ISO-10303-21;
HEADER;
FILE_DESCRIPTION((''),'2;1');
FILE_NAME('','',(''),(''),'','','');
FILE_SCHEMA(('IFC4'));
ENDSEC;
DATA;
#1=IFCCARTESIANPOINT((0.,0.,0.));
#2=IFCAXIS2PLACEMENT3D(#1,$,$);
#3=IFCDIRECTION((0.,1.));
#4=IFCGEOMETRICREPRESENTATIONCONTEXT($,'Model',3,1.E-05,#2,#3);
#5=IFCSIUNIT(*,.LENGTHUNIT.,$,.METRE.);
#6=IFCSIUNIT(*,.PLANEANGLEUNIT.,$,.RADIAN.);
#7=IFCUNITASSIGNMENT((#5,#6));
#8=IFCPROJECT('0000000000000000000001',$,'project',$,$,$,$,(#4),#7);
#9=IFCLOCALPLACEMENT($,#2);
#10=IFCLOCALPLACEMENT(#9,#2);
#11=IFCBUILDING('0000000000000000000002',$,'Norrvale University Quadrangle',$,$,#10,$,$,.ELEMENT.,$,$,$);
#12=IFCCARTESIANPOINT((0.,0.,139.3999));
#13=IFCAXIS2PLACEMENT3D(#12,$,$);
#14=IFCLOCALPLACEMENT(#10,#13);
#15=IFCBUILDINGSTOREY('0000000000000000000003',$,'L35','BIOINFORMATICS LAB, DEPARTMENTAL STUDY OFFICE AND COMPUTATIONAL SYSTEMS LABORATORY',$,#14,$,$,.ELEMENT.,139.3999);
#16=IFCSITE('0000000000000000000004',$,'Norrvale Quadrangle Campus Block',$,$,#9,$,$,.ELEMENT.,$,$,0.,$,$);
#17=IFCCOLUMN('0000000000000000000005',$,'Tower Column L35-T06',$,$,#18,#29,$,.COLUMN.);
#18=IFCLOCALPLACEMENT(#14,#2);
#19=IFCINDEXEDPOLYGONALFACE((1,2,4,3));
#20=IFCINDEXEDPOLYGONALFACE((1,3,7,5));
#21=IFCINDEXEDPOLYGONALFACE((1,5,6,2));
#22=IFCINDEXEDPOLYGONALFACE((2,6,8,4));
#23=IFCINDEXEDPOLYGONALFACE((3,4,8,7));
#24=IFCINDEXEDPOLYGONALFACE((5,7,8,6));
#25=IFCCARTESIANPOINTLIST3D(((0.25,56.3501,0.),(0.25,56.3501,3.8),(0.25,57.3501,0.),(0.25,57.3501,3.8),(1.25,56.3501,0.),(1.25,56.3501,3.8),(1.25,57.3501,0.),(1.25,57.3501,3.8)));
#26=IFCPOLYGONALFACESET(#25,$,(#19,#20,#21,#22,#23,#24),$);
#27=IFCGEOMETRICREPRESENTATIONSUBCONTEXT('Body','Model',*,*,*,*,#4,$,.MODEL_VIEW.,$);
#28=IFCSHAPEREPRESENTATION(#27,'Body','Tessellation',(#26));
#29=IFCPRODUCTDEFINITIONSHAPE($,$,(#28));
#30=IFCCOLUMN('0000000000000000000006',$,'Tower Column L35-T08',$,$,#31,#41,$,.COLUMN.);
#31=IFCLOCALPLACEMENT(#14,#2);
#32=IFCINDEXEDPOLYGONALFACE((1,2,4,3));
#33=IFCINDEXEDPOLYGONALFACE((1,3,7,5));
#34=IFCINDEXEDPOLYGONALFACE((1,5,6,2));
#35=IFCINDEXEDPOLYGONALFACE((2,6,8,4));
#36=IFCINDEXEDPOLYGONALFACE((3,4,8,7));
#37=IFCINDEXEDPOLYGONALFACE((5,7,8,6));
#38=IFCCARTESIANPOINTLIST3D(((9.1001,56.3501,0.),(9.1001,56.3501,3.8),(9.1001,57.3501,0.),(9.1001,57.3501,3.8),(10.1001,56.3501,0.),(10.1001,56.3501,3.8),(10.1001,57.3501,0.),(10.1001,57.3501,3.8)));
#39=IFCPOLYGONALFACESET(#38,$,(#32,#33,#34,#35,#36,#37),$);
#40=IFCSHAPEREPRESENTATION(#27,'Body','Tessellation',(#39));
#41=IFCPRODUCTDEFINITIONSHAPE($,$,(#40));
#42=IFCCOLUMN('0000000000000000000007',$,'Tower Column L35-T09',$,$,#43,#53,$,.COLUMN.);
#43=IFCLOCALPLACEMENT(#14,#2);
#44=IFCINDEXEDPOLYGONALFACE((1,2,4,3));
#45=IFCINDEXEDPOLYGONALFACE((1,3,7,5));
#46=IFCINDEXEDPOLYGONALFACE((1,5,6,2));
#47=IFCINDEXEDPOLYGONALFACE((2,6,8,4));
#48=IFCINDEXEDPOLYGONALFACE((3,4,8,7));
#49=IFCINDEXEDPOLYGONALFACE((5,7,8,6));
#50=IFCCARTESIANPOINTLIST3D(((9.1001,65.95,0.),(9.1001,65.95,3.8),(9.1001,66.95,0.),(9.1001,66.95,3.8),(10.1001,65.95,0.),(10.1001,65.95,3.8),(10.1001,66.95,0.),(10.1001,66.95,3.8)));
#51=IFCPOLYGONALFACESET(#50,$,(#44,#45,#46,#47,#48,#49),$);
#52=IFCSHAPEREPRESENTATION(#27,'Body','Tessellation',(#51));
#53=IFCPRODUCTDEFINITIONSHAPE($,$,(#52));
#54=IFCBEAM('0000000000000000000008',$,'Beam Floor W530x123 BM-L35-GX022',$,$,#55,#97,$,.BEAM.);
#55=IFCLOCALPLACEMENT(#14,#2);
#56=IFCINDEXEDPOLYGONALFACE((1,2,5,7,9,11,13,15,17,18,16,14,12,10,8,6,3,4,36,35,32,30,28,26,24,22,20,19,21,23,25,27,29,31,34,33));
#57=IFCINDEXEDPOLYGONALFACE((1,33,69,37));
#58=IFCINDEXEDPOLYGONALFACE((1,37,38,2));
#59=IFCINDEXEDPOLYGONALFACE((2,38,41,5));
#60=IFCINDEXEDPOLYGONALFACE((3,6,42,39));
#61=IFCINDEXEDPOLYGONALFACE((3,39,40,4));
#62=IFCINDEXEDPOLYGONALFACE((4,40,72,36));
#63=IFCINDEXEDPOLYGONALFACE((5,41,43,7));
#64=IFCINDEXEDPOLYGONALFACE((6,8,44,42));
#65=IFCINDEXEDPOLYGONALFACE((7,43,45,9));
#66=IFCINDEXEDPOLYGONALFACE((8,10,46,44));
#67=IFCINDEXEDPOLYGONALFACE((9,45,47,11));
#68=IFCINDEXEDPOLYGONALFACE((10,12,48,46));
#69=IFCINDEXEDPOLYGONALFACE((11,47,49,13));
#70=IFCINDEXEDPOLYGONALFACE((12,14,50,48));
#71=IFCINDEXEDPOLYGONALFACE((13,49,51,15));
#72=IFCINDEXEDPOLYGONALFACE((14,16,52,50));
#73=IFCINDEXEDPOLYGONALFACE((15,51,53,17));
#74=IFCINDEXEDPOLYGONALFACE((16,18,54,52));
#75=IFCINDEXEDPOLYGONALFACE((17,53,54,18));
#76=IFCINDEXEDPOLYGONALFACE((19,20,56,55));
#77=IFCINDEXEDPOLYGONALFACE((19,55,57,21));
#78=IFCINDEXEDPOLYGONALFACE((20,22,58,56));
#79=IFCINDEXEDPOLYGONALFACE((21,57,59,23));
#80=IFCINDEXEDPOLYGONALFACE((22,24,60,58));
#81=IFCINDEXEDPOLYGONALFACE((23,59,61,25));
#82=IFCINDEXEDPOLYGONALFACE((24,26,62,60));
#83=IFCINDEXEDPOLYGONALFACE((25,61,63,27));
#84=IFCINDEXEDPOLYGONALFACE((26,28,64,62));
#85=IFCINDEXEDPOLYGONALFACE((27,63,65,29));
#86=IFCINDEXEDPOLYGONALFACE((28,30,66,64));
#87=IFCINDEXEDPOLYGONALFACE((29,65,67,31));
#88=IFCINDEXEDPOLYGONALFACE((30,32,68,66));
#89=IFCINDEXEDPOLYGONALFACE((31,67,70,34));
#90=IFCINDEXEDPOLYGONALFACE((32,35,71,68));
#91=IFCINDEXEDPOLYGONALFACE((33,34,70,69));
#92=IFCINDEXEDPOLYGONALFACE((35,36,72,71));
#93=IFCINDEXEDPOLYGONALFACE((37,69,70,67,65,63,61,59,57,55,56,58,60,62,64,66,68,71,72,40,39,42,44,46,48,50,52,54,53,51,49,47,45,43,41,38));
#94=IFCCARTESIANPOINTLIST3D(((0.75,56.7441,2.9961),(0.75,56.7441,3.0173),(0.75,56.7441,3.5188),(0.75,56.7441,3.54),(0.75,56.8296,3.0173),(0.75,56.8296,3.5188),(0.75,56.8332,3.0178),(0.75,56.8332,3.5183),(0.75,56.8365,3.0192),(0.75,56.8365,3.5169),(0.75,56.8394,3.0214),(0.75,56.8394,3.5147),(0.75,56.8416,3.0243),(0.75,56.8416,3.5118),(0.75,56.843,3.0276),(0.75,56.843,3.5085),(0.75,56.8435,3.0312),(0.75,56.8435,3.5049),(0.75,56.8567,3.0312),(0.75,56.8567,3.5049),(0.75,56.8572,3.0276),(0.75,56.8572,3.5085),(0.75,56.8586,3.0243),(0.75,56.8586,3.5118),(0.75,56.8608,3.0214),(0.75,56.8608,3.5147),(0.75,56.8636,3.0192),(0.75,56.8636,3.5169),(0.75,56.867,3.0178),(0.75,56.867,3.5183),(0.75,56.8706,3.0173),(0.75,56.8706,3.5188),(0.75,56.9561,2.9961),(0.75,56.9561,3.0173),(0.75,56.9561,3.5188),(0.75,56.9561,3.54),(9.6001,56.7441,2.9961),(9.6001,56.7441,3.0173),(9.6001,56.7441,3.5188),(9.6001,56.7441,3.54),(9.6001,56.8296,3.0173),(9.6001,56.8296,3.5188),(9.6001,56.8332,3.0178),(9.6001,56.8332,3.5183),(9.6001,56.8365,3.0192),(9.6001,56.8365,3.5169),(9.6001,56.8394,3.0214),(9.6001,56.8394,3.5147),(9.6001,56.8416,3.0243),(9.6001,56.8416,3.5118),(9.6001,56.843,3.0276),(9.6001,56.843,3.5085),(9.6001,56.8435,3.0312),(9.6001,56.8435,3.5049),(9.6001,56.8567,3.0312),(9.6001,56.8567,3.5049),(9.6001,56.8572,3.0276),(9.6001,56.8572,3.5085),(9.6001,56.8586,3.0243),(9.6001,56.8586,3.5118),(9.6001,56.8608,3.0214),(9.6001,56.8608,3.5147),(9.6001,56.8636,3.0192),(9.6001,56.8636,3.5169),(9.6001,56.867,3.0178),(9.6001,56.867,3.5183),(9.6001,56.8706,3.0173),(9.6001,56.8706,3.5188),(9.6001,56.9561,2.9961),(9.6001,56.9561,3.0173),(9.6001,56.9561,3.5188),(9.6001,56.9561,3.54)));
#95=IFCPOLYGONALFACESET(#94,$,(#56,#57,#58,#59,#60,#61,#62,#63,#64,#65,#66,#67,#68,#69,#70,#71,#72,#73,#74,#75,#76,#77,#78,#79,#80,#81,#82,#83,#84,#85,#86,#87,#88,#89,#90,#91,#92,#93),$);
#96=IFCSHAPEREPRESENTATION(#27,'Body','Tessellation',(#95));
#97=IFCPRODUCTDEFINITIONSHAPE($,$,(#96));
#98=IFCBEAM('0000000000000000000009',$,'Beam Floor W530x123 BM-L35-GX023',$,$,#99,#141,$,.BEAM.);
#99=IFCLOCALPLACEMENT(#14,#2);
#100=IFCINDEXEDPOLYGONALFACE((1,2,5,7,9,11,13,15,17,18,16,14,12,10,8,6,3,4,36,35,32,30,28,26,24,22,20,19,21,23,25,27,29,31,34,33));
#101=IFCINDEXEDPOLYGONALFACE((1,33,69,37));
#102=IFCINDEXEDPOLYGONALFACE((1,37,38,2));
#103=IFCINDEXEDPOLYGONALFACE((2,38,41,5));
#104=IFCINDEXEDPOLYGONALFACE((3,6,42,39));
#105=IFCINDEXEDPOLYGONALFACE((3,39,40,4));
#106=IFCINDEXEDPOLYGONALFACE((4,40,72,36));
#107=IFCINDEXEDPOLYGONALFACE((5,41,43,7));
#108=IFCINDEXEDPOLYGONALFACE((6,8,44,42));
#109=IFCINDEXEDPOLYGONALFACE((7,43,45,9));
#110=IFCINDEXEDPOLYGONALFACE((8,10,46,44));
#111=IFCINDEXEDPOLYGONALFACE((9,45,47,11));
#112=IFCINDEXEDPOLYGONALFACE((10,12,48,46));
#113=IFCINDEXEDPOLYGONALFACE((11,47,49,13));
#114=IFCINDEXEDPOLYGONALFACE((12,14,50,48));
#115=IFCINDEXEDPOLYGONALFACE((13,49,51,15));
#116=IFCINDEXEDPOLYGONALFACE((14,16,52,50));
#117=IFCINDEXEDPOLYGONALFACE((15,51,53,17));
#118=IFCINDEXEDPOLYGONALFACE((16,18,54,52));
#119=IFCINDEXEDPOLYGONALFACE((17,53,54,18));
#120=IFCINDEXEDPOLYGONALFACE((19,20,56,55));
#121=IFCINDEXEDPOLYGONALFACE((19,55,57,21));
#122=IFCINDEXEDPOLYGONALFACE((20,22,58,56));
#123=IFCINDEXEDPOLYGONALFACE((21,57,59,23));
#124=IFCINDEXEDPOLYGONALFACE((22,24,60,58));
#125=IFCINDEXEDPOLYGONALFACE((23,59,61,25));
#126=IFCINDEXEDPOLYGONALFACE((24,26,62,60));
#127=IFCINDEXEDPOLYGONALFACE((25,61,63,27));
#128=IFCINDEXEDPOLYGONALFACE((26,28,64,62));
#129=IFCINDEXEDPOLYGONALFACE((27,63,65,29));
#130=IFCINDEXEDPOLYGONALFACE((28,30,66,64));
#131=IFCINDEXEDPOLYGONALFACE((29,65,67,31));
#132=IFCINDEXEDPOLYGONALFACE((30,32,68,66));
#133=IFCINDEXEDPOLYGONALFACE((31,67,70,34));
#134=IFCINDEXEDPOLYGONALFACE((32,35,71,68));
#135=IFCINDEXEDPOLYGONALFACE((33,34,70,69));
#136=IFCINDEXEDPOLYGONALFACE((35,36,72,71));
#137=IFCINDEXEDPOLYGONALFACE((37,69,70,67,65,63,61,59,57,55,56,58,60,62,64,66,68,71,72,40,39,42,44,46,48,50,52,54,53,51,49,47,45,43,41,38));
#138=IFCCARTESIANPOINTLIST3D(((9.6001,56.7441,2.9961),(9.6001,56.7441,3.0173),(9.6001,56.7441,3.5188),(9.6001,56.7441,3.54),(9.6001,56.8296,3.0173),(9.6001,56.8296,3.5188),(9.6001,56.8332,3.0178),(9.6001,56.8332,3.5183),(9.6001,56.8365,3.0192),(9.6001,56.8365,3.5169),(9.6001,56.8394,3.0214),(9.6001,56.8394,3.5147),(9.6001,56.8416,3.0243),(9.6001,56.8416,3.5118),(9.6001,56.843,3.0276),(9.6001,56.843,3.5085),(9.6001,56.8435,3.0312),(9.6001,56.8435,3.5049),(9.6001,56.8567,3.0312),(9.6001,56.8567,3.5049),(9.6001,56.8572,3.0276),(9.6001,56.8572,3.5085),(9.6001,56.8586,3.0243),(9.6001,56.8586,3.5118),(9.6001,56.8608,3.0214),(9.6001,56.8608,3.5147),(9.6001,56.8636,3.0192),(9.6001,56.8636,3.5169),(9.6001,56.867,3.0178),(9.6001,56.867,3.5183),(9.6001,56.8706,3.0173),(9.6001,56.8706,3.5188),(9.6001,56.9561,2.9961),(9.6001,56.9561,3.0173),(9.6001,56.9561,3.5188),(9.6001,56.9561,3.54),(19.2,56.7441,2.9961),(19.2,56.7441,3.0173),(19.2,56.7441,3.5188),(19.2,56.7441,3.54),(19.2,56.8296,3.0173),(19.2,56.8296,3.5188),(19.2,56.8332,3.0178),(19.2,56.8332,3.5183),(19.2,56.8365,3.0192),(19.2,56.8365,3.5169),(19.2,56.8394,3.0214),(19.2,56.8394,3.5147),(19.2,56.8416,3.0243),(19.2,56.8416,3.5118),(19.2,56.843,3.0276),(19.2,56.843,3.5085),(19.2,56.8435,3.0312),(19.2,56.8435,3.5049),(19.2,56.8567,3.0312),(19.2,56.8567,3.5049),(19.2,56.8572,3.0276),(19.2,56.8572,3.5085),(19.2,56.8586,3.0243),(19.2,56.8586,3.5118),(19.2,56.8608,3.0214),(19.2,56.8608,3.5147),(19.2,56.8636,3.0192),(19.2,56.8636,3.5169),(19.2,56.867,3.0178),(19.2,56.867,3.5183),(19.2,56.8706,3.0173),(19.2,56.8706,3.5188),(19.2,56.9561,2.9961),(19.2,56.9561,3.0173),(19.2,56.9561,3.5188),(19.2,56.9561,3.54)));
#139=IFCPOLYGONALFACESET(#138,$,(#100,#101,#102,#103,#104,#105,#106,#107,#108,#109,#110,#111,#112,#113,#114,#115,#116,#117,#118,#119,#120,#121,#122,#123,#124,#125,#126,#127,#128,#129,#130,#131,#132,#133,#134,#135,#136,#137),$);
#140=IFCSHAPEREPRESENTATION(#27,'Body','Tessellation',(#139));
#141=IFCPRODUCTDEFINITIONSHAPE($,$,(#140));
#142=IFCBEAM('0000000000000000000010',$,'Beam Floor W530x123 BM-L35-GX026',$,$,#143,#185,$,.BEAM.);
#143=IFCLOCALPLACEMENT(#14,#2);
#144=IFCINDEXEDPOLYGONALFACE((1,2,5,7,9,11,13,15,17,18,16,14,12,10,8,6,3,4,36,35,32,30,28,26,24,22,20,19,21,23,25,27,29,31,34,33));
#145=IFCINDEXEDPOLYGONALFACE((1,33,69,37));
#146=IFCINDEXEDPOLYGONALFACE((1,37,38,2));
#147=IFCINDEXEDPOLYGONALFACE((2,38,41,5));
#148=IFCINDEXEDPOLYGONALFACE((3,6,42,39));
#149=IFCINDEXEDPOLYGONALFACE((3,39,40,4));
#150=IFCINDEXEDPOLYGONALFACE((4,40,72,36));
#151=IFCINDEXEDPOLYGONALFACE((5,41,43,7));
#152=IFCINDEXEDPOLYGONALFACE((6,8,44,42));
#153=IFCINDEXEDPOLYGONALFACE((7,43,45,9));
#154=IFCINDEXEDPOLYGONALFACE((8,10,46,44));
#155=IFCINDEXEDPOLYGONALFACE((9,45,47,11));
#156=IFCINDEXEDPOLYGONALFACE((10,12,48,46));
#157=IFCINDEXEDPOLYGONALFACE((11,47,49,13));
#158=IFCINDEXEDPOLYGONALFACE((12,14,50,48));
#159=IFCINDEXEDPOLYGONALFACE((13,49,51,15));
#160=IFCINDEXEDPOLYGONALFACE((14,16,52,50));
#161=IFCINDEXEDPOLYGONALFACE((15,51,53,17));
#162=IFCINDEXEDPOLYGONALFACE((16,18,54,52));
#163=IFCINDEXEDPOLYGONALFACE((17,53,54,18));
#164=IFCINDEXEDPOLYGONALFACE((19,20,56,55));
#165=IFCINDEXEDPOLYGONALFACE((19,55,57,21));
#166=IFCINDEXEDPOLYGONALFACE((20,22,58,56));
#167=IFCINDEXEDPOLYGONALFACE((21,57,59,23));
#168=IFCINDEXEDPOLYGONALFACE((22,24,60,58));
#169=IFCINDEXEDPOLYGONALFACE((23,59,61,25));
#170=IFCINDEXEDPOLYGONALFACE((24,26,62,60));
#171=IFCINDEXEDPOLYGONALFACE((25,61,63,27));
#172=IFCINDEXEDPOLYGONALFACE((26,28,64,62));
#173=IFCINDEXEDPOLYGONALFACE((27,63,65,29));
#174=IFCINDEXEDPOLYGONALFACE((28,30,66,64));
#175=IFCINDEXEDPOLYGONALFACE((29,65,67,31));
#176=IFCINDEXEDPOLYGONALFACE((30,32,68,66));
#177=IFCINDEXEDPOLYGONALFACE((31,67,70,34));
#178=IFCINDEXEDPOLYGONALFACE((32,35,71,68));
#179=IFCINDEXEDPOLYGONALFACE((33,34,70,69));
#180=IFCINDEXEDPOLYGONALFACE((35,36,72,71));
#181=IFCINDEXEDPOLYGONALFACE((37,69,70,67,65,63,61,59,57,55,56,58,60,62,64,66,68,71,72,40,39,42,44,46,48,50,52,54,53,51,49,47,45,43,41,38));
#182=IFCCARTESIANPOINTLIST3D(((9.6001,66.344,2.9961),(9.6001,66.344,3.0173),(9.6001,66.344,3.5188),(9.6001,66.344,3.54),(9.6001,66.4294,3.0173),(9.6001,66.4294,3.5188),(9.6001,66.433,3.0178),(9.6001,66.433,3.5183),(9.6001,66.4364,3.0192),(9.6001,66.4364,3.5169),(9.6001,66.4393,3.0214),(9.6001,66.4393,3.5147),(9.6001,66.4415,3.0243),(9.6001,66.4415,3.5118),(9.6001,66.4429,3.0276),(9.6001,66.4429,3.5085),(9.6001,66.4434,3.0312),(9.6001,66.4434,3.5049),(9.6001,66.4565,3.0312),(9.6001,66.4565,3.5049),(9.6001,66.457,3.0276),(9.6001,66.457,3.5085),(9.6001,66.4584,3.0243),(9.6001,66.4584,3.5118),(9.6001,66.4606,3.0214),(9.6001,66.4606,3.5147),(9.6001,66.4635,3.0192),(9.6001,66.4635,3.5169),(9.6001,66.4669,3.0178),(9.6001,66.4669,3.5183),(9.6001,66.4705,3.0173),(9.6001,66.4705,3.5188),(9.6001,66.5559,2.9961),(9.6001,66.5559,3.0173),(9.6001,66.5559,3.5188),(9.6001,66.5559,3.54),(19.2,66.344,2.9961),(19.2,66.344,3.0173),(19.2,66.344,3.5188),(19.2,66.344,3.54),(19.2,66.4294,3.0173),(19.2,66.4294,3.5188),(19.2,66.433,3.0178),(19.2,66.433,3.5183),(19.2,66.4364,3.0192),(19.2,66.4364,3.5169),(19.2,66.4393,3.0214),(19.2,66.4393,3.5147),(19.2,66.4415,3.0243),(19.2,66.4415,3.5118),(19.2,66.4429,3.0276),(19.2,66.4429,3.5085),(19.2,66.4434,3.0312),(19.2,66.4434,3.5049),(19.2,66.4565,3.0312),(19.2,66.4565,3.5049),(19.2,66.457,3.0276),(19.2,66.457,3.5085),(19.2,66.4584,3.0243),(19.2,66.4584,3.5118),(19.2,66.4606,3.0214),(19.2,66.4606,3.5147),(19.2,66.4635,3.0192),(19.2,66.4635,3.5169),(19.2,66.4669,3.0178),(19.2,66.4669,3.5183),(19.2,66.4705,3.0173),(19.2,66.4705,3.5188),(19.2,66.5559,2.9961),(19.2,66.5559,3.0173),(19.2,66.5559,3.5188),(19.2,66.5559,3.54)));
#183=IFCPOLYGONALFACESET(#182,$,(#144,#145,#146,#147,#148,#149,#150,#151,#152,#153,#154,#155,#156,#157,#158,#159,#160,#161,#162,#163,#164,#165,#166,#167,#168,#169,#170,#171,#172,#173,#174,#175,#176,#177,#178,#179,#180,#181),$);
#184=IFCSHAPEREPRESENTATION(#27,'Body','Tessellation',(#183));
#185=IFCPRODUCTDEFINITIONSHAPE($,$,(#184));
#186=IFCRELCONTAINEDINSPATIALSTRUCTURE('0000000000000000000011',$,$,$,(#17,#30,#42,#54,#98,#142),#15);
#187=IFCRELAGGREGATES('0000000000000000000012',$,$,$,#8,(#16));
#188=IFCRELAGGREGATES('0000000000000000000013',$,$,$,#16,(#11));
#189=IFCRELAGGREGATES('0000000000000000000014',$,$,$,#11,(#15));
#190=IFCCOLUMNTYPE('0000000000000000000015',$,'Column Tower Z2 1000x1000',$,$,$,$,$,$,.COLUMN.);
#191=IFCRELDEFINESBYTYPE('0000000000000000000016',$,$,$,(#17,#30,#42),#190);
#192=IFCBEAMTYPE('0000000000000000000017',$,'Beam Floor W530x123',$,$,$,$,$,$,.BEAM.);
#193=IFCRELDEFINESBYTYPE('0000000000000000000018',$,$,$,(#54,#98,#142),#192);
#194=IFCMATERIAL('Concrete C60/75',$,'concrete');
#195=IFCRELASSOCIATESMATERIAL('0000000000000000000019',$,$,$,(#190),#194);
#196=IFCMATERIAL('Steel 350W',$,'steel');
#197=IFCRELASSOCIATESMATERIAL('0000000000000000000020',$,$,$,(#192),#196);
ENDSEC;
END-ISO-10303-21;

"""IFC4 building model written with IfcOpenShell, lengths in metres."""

from ifc_helpers import new_model, si_unit, direction, frame, origin, origin_2d, place, context, subcontext, project, spatial, rectangle, i_section, extrude, material, material_profile, profile_set, type_object, element, save


model = new_model("IFC4")

# Units and contexts
model_context = context("Model", 3, precision=1e-05, world=origin(), true_north=direction((0.0, 1.0)))
body_context = subcontext(model_context, "Body", "Model", "MODEL_VIEW")
ifc_project = project(units=[si_unit("LENGTHUNIT", "METRE"), si_unit("PLANEANGLEUNIT", "RADIAN")], contexts=[model_context])

# Site, building, storey
site_placement = place(None, origin())
site = spatial("IfcSite", under=ifc_project, at=site_placement, Name="Norrvale Quadrangle Campus Block", CompositionType="ELEMENT", RefElevation=0.0)
building_placement = place(site_placement, origin())
building = spatial("IfcBuilding", under=site, at=building_placement, Name="Norrvale University Quadrangle", CompositionType="ELEMENT")
storey_placement = place(building_placement, frame((0.0, 0.0, 139.3999)))
storey = spatial("IfcBuildingStorey", under=building, at=storey_placement, Name="L35", Description="BIOINFORMATICS LAB, DEPARTMENTAL STUDY OFFICE AND COMPUTATIONAL SYSTEMS LABORATORY", CompositionType="ELEMENT", Elevation=139.3999)

# Columns
ifc_material_1 = material(Name="Concrete C60/75", Category="concrete")
ifc_material_profile_1 = material_profile(ifc_material_1, rectangle(XDim=1.0, YDim=1.0, at=origin_2d()), Name="Concrete C60/75")
ifc_profile_set_1 = profile_set([ifc_material_profile_1], Name="Concrete C60/75")
column_type = type_object("IfcColumnType", Name="Column Tower Z2 1000x1000", PredefinedType="COLUMN", material=ifc_profile_set_1)
for number, where, z_axis, x_axis, name in (
    (1, (0.75, 56.8501, 0.0), (0.0, 0.0, 1.0), (1.0, 0.0, 0.0), "Tower Column L35-T06"),
    (2, (9.6001, 56.8501, 0.0), (0.0, 0.0, 1.0), (1.0, 0.0, 0.0), "Tower Column L35-T08"),
    (3, (9.6001, 66.45, 0.0), (0.0, 0.0, 1.0), (1.0, 0.0, 0.0), "Tower Column L35-T09"),
):
    element("IfcColumn", number, at=place(storey_placement, frame(where, z_axis=z_axis, x_axis=x_axis)), inside=storey, type_object=column_type, Name=name, PredefinedType="COLUMN", context=body_context, shape_type="SweptSolid", body=[
        extrude(rectangle(XDim=1.0, YDim=1.0, at=origin_2d()), origin(), (0.0, 0.0, 1.0), 3.8),
    ])

# Beams
ifc_material_2 = material(Name="Steel 350W", Category="steel")
ifc_material_profile_2 = material_profile(ifc_material_2, i_section(OverallWidth=0.2119, OverallDepth=0.5439, WebThickness=0.0132, FlangeThickness=0.0212, FilletRadius=0.0139, at=origin_2d()), Name="Steel 350W")
ifc_profile_set_2 = profile_set([ifc_material_profile_2], Name="Steel 350W")
beam_type_1 = type_object("IfcBeamType", Name="Beam Floor W530x123", PredefinedType="BEAM", material=ifc_profile_set_2)
beam_1_placement = place(storey_placement, frame((0.75, 56.8501, 3.2681), z_axis=(1.0, 0.0, 0.0), x_axis=(0.0, 1.0, 0.0)))
element("IfcBeam", 4, at=beam_1_placement, inside=storey, type_object=beam_type_1, Name="Beam Floor W530x123 BM-L35-GX022", PredefinedType="BEAM", context=body_context, shape_type="SweptSolid", body=[
    extrude(i_section(OverallWidth=0.2119, OverallDepth=0.5439, WebThickness=0.0132, FlangeThickness=0.0212, FilletRadius=0.0139, at=origin_2d()), origin(), (0.0, 0.0, 1.0), 8.8501),
])
for number, where, z_axis, x_axis, name in (
    (5, (9.6001, 56.8501, 3.2681), (1.0, 0.0, 0.0), (0.0, 1.0, 0.0), "Beam Floor W530x123 BM-L35-GX023"),
    (6, (9.6001, 66.45, 3.2681), (1.0, 0.0, 0.0), (0.0, 1.0, 0.0), "Beam Floor W530x123 BM-L35-GX026"),
):
    element("IfcBeam", number, at=place(storey_placement, frame(where, z_axis=z_axis, x_axis=x_axis)), inside=storey, type_object=beam_type_1, Name=name, PredefinedType="BEAM", context=body_context, shape_type="SweptSolid", body=[
        extrude(i_section(OverallWidth=0.2119, OverallDepth=0.5439, WebThickness=0.0132, FlangeThickness=0.0212, FilletRadius=0.0139, at=origin_2d()), origin(), (0.0, 0.0, 1.0), 9.5999),
    ])

save(model, "model.ifc")
